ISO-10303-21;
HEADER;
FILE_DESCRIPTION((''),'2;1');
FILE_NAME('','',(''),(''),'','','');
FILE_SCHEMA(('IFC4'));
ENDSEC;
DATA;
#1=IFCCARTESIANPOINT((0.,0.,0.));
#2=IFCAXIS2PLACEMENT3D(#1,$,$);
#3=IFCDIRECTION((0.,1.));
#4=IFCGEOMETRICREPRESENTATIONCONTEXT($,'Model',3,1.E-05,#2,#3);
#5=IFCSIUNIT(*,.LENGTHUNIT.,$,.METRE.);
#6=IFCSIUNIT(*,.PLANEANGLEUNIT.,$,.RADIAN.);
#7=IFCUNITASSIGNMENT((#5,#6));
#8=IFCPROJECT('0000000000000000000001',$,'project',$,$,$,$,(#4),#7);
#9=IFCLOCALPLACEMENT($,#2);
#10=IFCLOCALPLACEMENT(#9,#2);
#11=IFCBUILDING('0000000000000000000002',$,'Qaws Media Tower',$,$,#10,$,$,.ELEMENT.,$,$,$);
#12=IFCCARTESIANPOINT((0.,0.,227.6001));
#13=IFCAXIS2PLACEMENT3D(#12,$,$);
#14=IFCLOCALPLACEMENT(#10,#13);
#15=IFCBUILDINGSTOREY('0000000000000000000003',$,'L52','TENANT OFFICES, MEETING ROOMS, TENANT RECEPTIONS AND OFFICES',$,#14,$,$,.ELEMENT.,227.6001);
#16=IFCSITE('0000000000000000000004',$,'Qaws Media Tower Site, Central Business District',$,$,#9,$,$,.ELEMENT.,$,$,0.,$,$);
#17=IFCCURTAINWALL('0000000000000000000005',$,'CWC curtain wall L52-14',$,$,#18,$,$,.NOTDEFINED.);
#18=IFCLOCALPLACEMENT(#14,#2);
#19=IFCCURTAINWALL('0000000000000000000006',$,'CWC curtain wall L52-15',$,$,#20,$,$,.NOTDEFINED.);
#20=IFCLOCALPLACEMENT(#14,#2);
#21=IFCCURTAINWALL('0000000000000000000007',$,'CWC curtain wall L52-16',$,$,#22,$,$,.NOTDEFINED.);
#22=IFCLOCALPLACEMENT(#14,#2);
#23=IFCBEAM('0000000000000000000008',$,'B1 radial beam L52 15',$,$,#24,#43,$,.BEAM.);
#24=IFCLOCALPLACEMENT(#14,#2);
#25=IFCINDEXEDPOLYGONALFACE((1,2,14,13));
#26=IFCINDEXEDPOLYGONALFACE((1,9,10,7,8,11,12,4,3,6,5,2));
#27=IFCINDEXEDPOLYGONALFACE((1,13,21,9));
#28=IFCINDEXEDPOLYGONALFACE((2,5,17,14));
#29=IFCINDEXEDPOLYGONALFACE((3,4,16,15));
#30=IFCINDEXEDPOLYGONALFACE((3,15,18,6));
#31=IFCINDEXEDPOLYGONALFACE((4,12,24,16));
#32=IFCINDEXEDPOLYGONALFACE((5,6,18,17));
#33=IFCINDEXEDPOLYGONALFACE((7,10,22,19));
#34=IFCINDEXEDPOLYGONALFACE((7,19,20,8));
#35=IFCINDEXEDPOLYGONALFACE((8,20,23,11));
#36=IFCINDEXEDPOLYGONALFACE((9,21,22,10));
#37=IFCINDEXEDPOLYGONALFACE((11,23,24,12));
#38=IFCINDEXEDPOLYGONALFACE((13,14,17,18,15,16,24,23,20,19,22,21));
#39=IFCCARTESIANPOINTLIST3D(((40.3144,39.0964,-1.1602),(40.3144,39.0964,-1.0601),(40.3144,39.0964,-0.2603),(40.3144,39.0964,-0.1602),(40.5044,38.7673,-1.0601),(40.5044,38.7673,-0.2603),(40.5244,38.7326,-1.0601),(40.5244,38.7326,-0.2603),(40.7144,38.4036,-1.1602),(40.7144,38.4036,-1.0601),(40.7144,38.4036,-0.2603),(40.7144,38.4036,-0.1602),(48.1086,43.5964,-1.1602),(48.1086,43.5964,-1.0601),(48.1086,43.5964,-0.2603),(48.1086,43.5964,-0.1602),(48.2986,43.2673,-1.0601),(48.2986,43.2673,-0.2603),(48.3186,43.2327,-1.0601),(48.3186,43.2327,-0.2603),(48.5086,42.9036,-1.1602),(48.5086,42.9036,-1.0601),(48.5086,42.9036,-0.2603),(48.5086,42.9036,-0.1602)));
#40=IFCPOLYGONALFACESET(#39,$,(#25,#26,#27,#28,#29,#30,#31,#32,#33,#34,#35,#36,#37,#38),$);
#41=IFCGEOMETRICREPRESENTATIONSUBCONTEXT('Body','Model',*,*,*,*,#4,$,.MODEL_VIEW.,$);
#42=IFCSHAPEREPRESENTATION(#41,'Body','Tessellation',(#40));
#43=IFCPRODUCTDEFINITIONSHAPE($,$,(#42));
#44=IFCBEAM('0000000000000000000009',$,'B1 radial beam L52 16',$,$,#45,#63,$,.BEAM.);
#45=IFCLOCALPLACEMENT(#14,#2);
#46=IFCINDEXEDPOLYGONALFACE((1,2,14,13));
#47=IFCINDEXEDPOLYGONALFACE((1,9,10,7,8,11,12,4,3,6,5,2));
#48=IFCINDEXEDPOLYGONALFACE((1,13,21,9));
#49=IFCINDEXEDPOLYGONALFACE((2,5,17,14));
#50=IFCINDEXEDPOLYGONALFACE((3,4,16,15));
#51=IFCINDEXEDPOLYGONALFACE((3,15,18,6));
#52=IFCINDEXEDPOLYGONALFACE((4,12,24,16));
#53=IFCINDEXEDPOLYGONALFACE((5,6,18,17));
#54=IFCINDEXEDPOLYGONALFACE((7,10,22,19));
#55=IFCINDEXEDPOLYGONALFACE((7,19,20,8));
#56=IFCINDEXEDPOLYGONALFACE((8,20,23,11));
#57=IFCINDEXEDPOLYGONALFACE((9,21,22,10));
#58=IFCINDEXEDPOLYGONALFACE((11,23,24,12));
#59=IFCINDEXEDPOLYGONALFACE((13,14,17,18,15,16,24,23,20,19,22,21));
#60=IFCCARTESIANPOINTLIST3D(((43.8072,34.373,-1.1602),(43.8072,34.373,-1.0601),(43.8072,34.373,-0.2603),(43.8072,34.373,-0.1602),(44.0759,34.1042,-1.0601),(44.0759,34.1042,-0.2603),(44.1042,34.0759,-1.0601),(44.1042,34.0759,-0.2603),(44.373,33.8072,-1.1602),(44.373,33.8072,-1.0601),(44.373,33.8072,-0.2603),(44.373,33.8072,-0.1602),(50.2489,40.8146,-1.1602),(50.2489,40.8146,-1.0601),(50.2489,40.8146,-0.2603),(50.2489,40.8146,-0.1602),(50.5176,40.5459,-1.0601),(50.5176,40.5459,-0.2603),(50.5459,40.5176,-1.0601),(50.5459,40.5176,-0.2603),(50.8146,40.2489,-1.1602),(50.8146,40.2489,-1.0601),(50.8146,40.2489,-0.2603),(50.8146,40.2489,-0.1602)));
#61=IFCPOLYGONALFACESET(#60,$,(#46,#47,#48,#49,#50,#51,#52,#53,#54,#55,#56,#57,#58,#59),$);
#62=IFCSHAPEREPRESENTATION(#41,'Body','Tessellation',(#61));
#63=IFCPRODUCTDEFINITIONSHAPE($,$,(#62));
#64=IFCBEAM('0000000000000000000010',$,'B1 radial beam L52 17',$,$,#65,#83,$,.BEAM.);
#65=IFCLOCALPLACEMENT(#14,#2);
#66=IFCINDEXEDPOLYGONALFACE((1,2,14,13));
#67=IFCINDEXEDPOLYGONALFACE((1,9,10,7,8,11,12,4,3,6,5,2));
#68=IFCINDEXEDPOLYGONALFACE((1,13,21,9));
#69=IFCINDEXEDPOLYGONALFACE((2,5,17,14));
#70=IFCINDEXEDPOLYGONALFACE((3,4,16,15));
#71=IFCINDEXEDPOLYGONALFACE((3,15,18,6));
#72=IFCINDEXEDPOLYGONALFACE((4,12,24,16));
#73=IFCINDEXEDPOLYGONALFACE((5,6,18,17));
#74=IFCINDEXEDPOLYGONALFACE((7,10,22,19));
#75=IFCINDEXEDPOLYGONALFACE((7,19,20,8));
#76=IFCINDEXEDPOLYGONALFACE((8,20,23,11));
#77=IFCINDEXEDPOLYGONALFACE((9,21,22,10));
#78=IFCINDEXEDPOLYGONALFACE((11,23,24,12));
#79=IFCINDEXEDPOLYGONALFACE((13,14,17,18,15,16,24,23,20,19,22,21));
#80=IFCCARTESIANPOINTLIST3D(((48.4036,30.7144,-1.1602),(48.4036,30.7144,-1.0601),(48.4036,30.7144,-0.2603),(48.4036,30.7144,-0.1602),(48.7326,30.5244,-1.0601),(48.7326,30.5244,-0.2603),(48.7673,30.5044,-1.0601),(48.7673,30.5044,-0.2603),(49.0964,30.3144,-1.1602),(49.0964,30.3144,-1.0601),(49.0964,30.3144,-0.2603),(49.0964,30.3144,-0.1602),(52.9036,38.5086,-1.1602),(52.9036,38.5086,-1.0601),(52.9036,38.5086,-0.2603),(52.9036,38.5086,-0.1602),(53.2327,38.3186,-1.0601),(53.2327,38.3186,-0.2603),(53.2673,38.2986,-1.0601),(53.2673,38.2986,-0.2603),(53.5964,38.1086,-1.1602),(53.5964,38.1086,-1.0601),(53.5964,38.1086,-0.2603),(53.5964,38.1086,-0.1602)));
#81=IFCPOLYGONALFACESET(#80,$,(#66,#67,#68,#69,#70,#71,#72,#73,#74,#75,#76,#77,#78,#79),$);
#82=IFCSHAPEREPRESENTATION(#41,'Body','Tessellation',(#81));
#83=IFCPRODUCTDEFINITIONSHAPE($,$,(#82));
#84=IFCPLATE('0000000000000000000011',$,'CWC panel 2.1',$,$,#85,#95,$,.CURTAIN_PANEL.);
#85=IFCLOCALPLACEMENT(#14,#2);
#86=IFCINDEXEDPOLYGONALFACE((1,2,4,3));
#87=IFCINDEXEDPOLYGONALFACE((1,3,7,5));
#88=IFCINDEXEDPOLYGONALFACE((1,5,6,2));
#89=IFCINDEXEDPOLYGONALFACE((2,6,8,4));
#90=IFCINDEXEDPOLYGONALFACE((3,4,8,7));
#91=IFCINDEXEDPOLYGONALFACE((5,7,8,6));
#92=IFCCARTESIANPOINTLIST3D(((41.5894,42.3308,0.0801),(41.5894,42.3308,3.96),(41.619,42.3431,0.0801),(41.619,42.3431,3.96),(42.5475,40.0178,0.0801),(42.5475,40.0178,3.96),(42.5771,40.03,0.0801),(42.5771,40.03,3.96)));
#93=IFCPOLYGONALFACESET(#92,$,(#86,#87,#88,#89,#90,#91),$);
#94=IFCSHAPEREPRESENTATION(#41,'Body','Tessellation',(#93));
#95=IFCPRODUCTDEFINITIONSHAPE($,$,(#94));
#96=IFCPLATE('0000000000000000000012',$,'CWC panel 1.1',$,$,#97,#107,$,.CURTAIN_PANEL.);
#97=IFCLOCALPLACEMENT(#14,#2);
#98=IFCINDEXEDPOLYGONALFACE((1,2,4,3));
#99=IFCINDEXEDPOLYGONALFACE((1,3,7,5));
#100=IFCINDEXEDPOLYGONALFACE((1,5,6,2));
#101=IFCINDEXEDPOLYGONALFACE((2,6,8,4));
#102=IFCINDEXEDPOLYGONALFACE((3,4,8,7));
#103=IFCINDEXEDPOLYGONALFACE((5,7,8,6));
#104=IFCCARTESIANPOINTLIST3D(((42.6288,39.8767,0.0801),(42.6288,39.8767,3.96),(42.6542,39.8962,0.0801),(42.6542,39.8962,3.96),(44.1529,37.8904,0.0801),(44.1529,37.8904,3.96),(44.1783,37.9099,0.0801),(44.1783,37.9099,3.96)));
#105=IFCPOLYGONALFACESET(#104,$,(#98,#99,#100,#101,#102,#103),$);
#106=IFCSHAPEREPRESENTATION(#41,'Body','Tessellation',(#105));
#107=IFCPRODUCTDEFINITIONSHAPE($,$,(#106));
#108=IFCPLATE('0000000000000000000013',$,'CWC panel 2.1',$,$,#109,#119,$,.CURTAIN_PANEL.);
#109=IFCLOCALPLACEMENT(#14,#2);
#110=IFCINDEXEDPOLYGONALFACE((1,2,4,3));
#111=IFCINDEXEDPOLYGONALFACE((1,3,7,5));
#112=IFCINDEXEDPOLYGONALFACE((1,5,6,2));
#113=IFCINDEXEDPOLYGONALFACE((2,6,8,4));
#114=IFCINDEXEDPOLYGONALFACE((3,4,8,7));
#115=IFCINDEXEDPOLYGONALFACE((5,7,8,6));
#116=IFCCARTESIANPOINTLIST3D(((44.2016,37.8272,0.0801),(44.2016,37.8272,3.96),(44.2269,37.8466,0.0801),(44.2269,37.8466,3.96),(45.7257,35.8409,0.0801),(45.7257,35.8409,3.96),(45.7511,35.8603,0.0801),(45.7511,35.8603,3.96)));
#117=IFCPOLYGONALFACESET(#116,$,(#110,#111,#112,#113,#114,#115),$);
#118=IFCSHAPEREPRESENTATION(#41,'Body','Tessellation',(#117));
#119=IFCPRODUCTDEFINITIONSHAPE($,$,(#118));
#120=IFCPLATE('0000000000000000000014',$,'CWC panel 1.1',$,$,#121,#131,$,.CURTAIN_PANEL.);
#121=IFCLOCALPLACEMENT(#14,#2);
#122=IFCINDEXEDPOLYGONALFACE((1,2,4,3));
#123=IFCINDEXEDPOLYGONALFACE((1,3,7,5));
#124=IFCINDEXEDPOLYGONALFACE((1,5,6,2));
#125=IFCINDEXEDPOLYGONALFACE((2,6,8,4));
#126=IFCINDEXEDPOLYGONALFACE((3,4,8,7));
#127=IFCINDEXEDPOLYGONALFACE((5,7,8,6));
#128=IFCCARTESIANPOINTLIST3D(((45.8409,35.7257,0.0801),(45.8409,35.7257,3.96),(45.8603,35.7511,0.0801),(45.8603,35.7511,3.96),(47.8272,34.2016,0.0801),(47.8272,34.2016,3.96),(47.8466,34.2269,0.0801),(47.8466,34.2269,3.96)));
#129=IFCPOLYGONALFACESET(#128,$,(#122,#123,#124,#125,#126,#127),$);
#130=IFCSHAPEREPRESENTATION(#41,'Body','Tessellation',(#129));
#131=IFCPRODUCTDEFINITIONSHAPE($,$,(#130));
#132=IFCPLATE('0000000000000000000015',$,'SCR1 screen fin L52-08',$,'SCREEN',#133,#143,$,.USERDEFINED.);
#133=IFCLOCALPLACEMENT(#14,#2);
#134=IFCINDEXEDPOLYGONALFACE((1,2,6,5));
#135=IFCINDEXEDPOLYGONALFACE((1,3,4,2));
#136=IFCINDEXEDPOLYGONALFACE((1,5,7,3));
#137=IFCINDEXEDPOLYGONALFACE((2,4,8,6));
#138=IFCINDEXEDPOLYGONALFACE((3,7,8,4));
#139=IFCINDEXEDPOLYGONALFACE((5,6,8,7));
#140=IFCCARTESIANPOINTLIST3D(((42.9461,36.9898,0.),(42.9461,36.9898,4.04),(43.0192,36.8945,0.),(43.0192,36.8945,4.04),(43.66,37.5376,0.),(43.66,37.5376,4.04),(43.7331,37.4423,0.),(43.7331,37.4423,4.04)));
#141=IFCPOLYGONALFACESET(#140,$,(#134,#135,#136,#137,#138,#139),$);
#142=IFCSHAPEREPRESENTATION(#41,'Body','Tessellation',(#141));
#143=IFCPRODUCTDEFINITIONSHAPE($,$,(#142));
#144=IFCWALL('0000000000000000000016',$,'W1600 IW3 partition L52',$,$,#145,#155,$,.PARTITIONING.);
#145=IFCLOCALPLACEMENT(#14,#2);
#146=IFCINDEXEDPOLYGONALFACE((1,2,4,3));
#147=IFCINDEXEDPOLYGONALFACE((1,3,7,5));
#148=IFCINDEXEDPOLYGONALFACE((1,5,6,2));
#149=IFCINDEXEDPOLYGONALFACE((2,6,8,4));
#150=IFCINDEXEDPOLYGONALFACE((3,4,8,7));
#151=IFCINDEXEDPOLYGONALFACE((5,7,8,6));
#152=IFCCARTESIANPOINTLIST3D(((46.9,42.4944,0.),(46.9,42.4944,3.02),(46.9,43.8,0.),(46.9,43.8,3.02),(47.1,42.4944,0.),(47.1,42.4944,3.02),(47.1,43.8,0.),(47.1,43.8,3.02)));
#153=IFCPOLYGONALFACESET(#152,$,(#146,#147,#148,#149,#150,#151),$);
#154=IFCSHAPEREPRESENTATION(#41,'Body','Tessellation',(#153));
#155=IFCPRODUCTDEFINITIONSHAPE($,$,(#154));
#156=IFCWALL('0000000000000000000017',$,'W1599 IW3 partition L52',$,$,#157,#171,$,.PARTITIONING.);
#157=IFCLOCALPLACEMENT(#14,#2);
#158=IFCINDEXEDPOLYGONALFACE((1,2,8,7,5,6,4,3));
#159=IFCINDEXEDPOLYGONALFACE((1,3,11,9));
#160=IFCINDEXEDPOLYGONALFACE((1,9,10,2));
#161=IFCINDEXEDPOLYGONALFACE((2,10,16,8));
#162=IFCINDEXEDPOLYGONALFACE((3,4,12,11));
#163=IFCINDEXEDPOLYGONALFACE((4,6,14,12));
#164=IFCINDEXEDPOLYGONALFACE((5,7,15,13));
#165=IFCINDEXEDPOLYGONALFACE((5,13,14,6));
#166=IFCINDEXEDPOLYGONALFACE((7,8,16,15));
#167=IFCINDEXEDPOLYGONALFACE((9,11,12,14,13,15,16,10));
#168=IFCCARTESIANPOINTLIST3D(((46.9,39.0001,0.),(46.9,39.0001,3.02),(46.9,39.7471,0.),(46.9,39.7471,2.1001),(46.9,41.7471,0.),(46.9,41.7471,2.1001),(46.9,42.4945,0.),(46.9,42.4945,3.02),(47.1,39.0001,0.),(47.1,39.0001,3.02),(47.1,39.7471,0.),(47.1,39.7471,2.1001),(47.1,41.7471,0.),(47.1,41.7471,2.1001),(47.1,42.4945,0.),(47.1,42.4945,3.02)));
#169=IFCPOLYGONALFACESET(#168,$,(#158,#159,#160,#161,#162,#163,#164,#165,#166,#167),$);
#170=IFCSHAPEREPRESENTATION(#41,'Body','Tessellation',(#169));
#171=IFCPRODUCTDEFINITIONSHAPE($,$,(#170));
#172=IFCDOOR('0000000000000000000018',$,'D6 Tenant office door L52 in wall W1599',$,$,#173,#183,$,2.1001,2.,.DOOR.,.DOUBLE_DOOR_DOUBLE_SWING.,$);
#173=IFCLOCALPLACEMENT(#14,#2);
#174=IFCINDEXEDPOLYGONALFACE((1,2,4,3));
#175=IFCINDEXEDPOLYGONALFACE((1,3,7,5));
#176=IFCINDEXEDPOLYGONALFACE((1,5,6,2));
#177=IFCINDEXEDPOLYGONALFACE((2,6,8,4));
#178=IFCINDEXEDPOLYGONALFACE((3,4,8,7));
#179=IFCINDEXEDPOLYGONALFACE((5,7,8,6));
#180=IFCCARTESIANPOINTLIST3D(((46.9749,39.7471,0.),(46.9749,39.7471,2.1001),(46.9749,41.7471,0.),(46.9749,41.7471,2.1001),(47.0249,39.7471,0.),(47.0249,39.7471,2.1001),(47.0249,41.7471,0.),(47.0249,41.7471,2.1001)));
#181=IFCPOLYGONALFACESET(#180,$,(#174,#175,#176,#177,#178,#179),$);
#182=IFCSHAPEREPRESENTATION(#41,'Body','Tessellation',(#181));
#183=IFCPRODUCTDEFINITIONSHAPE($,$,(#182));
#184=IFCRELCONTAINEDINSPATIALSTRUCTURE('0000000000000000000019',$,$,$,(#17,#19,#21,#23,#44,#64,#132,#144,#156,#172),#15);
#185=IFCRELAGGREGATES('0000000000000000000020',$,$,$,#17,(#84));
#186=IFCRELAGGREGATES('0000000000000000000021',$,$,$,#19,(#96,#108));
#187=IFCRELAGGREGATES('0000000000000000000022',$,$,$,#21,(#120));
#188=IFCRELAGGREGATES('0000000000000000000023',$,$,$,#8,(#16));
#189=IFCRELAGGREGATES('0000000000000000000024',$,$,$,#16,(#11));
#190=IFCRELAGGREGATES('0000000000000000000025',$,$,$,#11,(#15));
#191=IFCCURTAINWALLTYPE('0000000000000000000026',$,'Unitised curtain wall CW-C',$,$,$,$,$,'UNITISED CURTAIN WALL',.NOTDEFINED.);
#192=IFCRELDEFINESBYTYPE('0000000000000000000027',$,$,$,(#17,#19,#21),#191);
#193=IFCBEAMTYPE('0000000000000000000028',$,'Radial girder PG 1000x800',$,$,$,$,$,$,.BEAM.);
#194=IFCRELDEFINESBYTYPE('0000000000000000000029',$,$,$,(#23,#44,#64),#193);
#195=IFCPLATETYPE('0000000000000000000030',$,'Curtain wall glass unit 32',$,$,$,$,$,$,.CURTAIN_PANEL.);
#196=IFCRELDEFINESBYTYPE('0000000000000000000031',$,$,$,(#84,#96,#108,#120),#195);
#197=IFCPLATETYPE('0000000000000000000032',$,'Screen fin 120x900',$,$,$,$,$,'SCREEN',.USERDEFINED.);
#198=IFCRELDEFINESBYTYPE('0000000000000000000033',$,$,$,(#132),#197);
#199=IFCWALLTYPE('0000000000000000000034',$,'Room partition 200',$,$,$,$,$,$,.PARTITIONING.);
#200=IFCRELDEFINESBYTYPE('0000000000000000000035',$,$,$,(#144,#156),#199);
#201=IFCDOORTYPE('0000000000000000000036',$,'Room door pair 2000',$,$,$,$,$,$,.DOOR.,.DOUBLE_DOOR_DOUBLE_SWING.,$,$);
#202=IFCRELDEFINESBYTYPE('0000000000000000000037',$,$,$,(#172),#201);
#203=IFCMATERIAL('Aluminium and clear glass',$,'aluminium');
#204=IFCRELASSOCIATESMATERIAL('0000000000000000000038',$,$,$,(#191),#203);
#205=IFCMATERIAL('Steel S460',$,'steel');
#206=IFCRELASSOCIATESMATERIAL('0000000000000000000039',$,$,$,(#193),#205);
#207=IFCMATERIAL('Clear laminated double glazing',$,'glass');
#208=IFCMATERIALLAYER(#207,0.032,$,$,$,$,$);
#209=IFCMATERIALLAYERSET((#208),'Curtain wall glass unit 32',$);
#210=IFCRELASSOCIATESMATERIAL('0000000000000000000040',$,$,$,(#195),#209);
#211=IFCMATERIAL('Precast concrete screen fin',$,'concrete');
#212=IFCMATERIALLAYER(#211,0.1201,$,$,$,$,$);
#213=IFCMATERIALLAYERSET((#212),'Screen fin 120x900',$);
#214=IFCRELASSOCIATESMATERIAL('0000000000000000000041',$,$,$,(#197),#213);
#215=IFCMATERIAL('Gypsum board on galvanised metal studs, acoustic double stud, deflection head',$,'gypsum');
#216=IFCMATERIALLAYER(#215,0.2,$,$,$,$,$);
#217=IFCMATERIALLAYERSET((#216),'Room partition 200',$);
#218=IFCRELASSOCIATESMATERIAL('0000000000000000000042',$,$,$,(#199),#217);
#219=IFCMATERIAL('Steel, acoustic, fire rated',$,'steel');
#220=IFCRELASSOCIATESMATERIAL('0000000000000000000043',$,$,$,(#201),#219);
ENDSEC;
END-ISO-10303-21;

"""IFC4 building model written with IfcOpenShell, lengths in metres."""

from ifc_helpers import new_model, si_unit, direction, frame, frame_2d, origin, origin_2d, place, context, subcontext, project, spatial, rectangle, i_section, extrude, material, layer, layer_set, material_profile, profile_set, type_object, element, fill, aggregate, save


model = new_model("IFC4")

# Units and contexts
model_context = context("Model", 3, precision=1e-05, world=origin(), true_north=direction((0.0, 1.0)))
body_context = subcontext(model_context, "Body", "Model", "MODEL_VIEW")
ifc_project = project(units=[si_unit("LENGTHUNIT", "METRE"), si_unit("PLANEANGLEUNIT", "RADIAN")], contexts=[model_context])

# Site, building, storey
site_placement = place(None, origin())
site = spatial("IfcSite", under=ifc_project, at=site_placement, Name="Qaws Media Tower Site, Central Business District", CompositionType="ELEMENT", RefElevation=0.0)
building_placement = place(site_placement, origin())
building = spatial("IfcBuilding", under=site, at=building_placement, Name="Qaws Media Tower", CompositionType="ELEMENT")
storey_placement = place(building_placement, frame((0.0, 0.0, 227.6001)))
storey = spatial("IfcBuildingStorey", under=building, at=storey_placement, Name="L52", Description="TENANT OFFICES, MEETING ROOMS, TENANT RECEPTIONS AND OFFICES", CompositionType="ELEMENT", Elevation=227.6001)

# Curtain wall
ifc_material_1 = material(Name="Aluminium and clear glass", Category="aluminium")
curtain_wall_type = type_object("IfcCurtainWallType", Name="Unitised curtain wall CW-C", ElementType="UNITISED CURTAIN WALL", PredefinedType="NOTDEFINED", material=ifc_material_1)
curtain_wall_1_placement = place(storey_placement, origin())
curtain_wall_1 = element("IfcCurtainWall", 1, at=curtain_wall_1_placement, inside=storey, type_object=curtain_wall_type, Name="CWC curtain wall L52-14", PredefinedType="NOTDEFINED")

# Curtain wall
curtain_wall_2_placement = place(storey_placement, origin())
curtain_wall_2 = element("IfcCurtainWall", 2, at=curtain_wall_2_placement, inside=storey, type_object=curtain_wall_type, Name="CWC curtain wall L52-15", PredefinedType="NOTDEFINED")

# Curtain wall
curtain_wall_3_placement = place(storey_placement, origin())
curtain_wall_3 = element("IfcCurtainWall", 3, at=curtain_wall_3_placement, inside=storey, type_object=curtain_wall_type, Name="CWC curtain wall L52-16", PredefinedType="NOTDEFINED")

# Beams
ifc_material_2 = material(Name="Steel S460", Category="steel")
ifc_material_profile_1 = material_profile(ifc_material_2, i_section(OverallWidth=0.8, OverallDepth=1.0, WebThickness=0.04, FlangeThickness=0.1001, at=origin_2d()), Name="PG 1000x800")
ifc_profile_set_1 = profile_set([ifc_material_profile_1], Name="Steel S460")
beam_type_1 = type_object("IfcBeamType", Name="Radial girder PG 1000x800", PredefinedType="BEAM", material=ifc_profile_set_1)
beam_1_placement = place(storey_placement, frame((48.3086, 43.25, -0.6602), z_axis=(-0.866024, -0.500002, 0.0), x_axis=(0.500002, -0.866024, 0.0)))
element("IfcBeam", 4, at=beam_1_placement, inside=storey, type_object=beam_type_1, Name="B1 radial beam L52 15", PredefinedType="BEAM", context=body_context, shape_type="SweptSolid", body=[
    extrude(i_section(OverallWidth=0.8, OverallDepth=1.0, WebThickness=0.04, FlangeThickness=0.1001, at=origin_2d()), origin(), (0.0, 0.0, 1.0), 9.0),
])
beam_2_placement = place(storey_placement, frame((50.5317, 40.5317, -0.6602), z_axis=(-0.707107, -0.707107, 0.0), x_axis=(0.707107, -0.707107, 0.0)))
element("IfcBeam", 5, at=beam_2_placement, inside=storey, type_object=beam_type_1, Name="B1 radial beam L52 16", PredefinedType="BEAM", context=body_context, shape_type="SweptSolid", body=[
    extrude(i_section(OverallWidth=0.8, OverallDepth=1.0, WebThickness=0.04, FlangeThickness=0.1001, at=origin_2d()), origin(), (0.0, 0.0, 1.0), 9.1099),
])
beam_3_placement = place(storey_placement, frame((53.25, 38.3086, -0.6602), z_axis=(-0.500002, -0.866024, 0.0), x_axis=(0.866024, -0.500002, 0.0)))
element("IfcBeam", 6, at=beam_3_placement, inside=storey, type_object=beam_type_1, Name="B1 radial beam L52 17", PredefinedType="BEAM", context=body_context, shape_type="SweptSolid", body=[
    extrude(i_section(OverallWidth=0.8, OverallDepth=1.0, WebThickness=0.04, FlangeThickness=0.1001, at=origin_2d()), origin(), (0.0, 0.0, 1.0), 9.0),
])

# Plates
ifc_material_3 = material(Name="Clear laminated double glazing", Category="glass")
ifc_layer_1 = layer(ifc_material_3, 0.032)
ifc_layer_set_1 = layer_set([ifc_layer_1], Name="Curtain wall glass unit 32")
plate_type_1 = type_object("IfcPlateType", Name="Curtain wall glass unit 32", PredefinedType="CURTAIN_PANEL", material=ifc_layer_set_1)
plate_1_placement = place(storey_placement, frame((42.0833, 41.1804, 0.0801), z_axis=(0.0, 0.0, 1.0), x_axis=(0.382683, -0.92388, 0.0)))
plate_1 = element("IfcPlate", 7, at=plate_1_placement, type_object=plate_type_1, Name="CWC panel 2.1", PredefinedType="CURTAIN_PANEL", context=body_context, shape_type="SweptSolid", body=[
    extrude(rectangle(XDim=2.5037, YDim=0.032, at=origin_2d()), origin(), (0.0, 0.0, 1.0), 3.8799),
])
aggregate(curtain_wall_1, [plate_1])
plate_2_placement = place(storey_placement, frame((43.4036, 38.8933, 0.0801), z_axis=(0.0, 0.0, 1.0), x_axis=(0.608762, -0.793353, 0.0)))
plate_2 = element("IfcPlate", 8, at=plate_2_placement, type_object=plate_type_1, Name="CWC panel 1.1", PredefinedType="CURTAIN_PANEL", context=body_context, shape_type="SweptSolid", body=[
    extrude(rectangle(XDim=2.5037, YDim=0.032, at=origin_2d()), origin(), (0.0, 0.0, 1.0), 3.8799),
])
plate_3_placement = place(storey_placement, frame((44.9763, 36.8438, 0.0801), z_axis=(0.0, 0.0, 1.0), x_axis=(0.608762, -0.793353, 0.0)))
plate_3 = element("IfcPlate", 9, at=plate_3_placement, type_object=plate_type_1, Name="CWC panel 2.1", PredefinedType="CURTAIN_PANEL", context=body_context, shape_type="SweptSolid", body=[
    extrude(rectangle(XDim=2.5037, YDim=0.032, at=origin_2d()), origin(), (0.0, 0.0, 1.0), 3.8799),
])
aggregate(curtain_wall_2, [plate_2, plate_3])
plate_4_placement = place(storey_placement, frame((46.8438, 34.9763, 0.0801), z_axis=(0.0, 0.0, 1.0), x_axis=(0.793353, -0.608762, 0.0)))
plate_4 = element("IfcPlate", 10, at=plate_4_placement, type_object=plate_type_1, Name="CWC panel 1.1", PredefinedType="CURTAIN_PANEL", context=body_context, shape_type="SweptSolid", body=[
    extrude(rectangle(XDim=2.5037, YDim=0.032, at=origin_2d()), origin(), (0.0, 0.0, 1.0), 3.8799),
])
aggregate(curtain_wall_3, [plate_4])
ifc_material_4 = material(Name="Precast concrete screen fin", Category="concrete")
ifc_layer_2 = layer(ifc_material_4, 0.1201)
ifc_layer_set_2 = layer_set([ifc_layer_2], Name="Screen fin 120x900")
plate_type_2 = type_object("IfcPlateType", Name="Screen fin 120x900", ElementType="SCREEN", PredefinedType="USERDEFINED", material=ifc_layer_set_2)
plate_5_placement = place(storey_placement, frame((43.3396, 37.2161, 0.0), z_axis=(0.0, 0.0, 1.0), x_axis=(-0.793353, -0.608761, 0.0)))
element("IfcPlate", 11, at=plate_5_placement, inside=storey, type_object=plate_type_2, Name="SCR1 screen fin L52-08", ObjectType="SCREEN", PredefinedType="USERDEFINED", context=body_context, shape_type="SweptSolid", body=[
    extrude(rectangle(XDim=0.8999, YDim=0.1201, at=origin_2d()), origin(), (0.0, 0.0, 1.0), 4.04),
])

# Wall
ifc_material_5 = material(Name="Gypsum board on galvanised metal studs, acoustic double stud, deflection head", Category="gypsum")
ifc_layer_3 = layer(ifc_material_5, 0.2)
ifc_layer_set_3 = layer_set([ifc_layer_3], Name="Room partition 200")
wall_type = type_object("IfcWallType", Name="Room partition 200", PredefinedType="PARTITIONING", material=ifc_layer_set_3)
wall_1_placement = place(storey_placement, frame((47.0, 43.8, 0.0), z_axis=(0.0, 0.0, 1.0), x_axis=(0.0, -1.0, 0.0)))
element("IfcWall", 12, at=wall_1_placement, inside=storey, type_object=wall_type, Name="W1600 IW3 partition L52", PredefinedType="PARTITIONING", context=body_context, shape_type="SweptSolid", body=[
    extrude(rectangle(XDim=1.3057, YDim=0.2, at=frame_2d((0.6528, 0.0))), origin(), (0.0, 0.0, 1.0), 3.02),
])

# Wall, opening, door
wall_2_placement = place(storey_placement, frame((47.0, 42.4944, 0.0), z_axis=(0.0, 0.0, 1.0), x_axis=(0.0, -1.0, 0.0)))
wall_2 = element("IfcWall", 13, at=wall_2_placement, inside=storey, type_object=wall_type, Name="W1599 IW3 partition L52", PredefinedType="PARTITIONING", context=body_context, shape_type="SweptSolid", body=[
    extrude(rectangle(XDim=3.4944, YDim=0.2, at=frame_2d((1.7471, 0.0))), origin(), (0.0, 0.0, 1.0), 3.02),
])
opening_1_placement = place(wall_2_placement, frame((0.7473, 0.0, 0.0)))
opening_1 = element("IfcOpeningElement", 14, at=opening_1_placement, cuts=wall_2, PredefinedType="OPENING", context=body_context, shape_type="SweptSolid", body=[
    extrude(rectangle(XDim=2.0, YDim=2.1001, at=frame_2d((1.0, 1.05))), frame((0.0, 0.1099, 0.0), z_axis=(0.0, -1.0, 0.0), x_axis=(1.0, 0.0, 0.0)), (0.0, 0.0, 1.0), 0.22),
])
ifc_material_6 = material(Name="Steel, acoustic, fire rated", Category="steel")
door_type = type_object("IfcDoorType", Name="Room door pair 2000", OperationType="DOUBLE_DOOR_DOUBLE_SWING", PredefinedType="DOOR", material=ifc_material_6)
door_1_placement = place(opening_1_placement, origin())
door_1 = element("IfcDoor", 15, at=door_1_placement, inside=storey, type_object=door_type, Name="D6 Tenant office door L52 in wall W1599", OperationType="DOUBLE_DOOR_DOUBLE_SWING", OverallHeight=2.1001, OverallWidth=2.0, PredefinedType="DOOR", context=body_context, shape_type="SweptSolid", body=[
    extrude(rectangle(XDim=2.0, YDim=2.1001, at=frame_2d((1.0, 1.05))), frame((0.0, 0.0249, 0.0), z_axis=(0.0, -1.0, 0.0), x_axis=(1.0, 0.0, 0.0)), (0.0, 0.0, 1.0), 0.05),
])
fill(opening_1, door_1)

save(model, "model.ifc")
